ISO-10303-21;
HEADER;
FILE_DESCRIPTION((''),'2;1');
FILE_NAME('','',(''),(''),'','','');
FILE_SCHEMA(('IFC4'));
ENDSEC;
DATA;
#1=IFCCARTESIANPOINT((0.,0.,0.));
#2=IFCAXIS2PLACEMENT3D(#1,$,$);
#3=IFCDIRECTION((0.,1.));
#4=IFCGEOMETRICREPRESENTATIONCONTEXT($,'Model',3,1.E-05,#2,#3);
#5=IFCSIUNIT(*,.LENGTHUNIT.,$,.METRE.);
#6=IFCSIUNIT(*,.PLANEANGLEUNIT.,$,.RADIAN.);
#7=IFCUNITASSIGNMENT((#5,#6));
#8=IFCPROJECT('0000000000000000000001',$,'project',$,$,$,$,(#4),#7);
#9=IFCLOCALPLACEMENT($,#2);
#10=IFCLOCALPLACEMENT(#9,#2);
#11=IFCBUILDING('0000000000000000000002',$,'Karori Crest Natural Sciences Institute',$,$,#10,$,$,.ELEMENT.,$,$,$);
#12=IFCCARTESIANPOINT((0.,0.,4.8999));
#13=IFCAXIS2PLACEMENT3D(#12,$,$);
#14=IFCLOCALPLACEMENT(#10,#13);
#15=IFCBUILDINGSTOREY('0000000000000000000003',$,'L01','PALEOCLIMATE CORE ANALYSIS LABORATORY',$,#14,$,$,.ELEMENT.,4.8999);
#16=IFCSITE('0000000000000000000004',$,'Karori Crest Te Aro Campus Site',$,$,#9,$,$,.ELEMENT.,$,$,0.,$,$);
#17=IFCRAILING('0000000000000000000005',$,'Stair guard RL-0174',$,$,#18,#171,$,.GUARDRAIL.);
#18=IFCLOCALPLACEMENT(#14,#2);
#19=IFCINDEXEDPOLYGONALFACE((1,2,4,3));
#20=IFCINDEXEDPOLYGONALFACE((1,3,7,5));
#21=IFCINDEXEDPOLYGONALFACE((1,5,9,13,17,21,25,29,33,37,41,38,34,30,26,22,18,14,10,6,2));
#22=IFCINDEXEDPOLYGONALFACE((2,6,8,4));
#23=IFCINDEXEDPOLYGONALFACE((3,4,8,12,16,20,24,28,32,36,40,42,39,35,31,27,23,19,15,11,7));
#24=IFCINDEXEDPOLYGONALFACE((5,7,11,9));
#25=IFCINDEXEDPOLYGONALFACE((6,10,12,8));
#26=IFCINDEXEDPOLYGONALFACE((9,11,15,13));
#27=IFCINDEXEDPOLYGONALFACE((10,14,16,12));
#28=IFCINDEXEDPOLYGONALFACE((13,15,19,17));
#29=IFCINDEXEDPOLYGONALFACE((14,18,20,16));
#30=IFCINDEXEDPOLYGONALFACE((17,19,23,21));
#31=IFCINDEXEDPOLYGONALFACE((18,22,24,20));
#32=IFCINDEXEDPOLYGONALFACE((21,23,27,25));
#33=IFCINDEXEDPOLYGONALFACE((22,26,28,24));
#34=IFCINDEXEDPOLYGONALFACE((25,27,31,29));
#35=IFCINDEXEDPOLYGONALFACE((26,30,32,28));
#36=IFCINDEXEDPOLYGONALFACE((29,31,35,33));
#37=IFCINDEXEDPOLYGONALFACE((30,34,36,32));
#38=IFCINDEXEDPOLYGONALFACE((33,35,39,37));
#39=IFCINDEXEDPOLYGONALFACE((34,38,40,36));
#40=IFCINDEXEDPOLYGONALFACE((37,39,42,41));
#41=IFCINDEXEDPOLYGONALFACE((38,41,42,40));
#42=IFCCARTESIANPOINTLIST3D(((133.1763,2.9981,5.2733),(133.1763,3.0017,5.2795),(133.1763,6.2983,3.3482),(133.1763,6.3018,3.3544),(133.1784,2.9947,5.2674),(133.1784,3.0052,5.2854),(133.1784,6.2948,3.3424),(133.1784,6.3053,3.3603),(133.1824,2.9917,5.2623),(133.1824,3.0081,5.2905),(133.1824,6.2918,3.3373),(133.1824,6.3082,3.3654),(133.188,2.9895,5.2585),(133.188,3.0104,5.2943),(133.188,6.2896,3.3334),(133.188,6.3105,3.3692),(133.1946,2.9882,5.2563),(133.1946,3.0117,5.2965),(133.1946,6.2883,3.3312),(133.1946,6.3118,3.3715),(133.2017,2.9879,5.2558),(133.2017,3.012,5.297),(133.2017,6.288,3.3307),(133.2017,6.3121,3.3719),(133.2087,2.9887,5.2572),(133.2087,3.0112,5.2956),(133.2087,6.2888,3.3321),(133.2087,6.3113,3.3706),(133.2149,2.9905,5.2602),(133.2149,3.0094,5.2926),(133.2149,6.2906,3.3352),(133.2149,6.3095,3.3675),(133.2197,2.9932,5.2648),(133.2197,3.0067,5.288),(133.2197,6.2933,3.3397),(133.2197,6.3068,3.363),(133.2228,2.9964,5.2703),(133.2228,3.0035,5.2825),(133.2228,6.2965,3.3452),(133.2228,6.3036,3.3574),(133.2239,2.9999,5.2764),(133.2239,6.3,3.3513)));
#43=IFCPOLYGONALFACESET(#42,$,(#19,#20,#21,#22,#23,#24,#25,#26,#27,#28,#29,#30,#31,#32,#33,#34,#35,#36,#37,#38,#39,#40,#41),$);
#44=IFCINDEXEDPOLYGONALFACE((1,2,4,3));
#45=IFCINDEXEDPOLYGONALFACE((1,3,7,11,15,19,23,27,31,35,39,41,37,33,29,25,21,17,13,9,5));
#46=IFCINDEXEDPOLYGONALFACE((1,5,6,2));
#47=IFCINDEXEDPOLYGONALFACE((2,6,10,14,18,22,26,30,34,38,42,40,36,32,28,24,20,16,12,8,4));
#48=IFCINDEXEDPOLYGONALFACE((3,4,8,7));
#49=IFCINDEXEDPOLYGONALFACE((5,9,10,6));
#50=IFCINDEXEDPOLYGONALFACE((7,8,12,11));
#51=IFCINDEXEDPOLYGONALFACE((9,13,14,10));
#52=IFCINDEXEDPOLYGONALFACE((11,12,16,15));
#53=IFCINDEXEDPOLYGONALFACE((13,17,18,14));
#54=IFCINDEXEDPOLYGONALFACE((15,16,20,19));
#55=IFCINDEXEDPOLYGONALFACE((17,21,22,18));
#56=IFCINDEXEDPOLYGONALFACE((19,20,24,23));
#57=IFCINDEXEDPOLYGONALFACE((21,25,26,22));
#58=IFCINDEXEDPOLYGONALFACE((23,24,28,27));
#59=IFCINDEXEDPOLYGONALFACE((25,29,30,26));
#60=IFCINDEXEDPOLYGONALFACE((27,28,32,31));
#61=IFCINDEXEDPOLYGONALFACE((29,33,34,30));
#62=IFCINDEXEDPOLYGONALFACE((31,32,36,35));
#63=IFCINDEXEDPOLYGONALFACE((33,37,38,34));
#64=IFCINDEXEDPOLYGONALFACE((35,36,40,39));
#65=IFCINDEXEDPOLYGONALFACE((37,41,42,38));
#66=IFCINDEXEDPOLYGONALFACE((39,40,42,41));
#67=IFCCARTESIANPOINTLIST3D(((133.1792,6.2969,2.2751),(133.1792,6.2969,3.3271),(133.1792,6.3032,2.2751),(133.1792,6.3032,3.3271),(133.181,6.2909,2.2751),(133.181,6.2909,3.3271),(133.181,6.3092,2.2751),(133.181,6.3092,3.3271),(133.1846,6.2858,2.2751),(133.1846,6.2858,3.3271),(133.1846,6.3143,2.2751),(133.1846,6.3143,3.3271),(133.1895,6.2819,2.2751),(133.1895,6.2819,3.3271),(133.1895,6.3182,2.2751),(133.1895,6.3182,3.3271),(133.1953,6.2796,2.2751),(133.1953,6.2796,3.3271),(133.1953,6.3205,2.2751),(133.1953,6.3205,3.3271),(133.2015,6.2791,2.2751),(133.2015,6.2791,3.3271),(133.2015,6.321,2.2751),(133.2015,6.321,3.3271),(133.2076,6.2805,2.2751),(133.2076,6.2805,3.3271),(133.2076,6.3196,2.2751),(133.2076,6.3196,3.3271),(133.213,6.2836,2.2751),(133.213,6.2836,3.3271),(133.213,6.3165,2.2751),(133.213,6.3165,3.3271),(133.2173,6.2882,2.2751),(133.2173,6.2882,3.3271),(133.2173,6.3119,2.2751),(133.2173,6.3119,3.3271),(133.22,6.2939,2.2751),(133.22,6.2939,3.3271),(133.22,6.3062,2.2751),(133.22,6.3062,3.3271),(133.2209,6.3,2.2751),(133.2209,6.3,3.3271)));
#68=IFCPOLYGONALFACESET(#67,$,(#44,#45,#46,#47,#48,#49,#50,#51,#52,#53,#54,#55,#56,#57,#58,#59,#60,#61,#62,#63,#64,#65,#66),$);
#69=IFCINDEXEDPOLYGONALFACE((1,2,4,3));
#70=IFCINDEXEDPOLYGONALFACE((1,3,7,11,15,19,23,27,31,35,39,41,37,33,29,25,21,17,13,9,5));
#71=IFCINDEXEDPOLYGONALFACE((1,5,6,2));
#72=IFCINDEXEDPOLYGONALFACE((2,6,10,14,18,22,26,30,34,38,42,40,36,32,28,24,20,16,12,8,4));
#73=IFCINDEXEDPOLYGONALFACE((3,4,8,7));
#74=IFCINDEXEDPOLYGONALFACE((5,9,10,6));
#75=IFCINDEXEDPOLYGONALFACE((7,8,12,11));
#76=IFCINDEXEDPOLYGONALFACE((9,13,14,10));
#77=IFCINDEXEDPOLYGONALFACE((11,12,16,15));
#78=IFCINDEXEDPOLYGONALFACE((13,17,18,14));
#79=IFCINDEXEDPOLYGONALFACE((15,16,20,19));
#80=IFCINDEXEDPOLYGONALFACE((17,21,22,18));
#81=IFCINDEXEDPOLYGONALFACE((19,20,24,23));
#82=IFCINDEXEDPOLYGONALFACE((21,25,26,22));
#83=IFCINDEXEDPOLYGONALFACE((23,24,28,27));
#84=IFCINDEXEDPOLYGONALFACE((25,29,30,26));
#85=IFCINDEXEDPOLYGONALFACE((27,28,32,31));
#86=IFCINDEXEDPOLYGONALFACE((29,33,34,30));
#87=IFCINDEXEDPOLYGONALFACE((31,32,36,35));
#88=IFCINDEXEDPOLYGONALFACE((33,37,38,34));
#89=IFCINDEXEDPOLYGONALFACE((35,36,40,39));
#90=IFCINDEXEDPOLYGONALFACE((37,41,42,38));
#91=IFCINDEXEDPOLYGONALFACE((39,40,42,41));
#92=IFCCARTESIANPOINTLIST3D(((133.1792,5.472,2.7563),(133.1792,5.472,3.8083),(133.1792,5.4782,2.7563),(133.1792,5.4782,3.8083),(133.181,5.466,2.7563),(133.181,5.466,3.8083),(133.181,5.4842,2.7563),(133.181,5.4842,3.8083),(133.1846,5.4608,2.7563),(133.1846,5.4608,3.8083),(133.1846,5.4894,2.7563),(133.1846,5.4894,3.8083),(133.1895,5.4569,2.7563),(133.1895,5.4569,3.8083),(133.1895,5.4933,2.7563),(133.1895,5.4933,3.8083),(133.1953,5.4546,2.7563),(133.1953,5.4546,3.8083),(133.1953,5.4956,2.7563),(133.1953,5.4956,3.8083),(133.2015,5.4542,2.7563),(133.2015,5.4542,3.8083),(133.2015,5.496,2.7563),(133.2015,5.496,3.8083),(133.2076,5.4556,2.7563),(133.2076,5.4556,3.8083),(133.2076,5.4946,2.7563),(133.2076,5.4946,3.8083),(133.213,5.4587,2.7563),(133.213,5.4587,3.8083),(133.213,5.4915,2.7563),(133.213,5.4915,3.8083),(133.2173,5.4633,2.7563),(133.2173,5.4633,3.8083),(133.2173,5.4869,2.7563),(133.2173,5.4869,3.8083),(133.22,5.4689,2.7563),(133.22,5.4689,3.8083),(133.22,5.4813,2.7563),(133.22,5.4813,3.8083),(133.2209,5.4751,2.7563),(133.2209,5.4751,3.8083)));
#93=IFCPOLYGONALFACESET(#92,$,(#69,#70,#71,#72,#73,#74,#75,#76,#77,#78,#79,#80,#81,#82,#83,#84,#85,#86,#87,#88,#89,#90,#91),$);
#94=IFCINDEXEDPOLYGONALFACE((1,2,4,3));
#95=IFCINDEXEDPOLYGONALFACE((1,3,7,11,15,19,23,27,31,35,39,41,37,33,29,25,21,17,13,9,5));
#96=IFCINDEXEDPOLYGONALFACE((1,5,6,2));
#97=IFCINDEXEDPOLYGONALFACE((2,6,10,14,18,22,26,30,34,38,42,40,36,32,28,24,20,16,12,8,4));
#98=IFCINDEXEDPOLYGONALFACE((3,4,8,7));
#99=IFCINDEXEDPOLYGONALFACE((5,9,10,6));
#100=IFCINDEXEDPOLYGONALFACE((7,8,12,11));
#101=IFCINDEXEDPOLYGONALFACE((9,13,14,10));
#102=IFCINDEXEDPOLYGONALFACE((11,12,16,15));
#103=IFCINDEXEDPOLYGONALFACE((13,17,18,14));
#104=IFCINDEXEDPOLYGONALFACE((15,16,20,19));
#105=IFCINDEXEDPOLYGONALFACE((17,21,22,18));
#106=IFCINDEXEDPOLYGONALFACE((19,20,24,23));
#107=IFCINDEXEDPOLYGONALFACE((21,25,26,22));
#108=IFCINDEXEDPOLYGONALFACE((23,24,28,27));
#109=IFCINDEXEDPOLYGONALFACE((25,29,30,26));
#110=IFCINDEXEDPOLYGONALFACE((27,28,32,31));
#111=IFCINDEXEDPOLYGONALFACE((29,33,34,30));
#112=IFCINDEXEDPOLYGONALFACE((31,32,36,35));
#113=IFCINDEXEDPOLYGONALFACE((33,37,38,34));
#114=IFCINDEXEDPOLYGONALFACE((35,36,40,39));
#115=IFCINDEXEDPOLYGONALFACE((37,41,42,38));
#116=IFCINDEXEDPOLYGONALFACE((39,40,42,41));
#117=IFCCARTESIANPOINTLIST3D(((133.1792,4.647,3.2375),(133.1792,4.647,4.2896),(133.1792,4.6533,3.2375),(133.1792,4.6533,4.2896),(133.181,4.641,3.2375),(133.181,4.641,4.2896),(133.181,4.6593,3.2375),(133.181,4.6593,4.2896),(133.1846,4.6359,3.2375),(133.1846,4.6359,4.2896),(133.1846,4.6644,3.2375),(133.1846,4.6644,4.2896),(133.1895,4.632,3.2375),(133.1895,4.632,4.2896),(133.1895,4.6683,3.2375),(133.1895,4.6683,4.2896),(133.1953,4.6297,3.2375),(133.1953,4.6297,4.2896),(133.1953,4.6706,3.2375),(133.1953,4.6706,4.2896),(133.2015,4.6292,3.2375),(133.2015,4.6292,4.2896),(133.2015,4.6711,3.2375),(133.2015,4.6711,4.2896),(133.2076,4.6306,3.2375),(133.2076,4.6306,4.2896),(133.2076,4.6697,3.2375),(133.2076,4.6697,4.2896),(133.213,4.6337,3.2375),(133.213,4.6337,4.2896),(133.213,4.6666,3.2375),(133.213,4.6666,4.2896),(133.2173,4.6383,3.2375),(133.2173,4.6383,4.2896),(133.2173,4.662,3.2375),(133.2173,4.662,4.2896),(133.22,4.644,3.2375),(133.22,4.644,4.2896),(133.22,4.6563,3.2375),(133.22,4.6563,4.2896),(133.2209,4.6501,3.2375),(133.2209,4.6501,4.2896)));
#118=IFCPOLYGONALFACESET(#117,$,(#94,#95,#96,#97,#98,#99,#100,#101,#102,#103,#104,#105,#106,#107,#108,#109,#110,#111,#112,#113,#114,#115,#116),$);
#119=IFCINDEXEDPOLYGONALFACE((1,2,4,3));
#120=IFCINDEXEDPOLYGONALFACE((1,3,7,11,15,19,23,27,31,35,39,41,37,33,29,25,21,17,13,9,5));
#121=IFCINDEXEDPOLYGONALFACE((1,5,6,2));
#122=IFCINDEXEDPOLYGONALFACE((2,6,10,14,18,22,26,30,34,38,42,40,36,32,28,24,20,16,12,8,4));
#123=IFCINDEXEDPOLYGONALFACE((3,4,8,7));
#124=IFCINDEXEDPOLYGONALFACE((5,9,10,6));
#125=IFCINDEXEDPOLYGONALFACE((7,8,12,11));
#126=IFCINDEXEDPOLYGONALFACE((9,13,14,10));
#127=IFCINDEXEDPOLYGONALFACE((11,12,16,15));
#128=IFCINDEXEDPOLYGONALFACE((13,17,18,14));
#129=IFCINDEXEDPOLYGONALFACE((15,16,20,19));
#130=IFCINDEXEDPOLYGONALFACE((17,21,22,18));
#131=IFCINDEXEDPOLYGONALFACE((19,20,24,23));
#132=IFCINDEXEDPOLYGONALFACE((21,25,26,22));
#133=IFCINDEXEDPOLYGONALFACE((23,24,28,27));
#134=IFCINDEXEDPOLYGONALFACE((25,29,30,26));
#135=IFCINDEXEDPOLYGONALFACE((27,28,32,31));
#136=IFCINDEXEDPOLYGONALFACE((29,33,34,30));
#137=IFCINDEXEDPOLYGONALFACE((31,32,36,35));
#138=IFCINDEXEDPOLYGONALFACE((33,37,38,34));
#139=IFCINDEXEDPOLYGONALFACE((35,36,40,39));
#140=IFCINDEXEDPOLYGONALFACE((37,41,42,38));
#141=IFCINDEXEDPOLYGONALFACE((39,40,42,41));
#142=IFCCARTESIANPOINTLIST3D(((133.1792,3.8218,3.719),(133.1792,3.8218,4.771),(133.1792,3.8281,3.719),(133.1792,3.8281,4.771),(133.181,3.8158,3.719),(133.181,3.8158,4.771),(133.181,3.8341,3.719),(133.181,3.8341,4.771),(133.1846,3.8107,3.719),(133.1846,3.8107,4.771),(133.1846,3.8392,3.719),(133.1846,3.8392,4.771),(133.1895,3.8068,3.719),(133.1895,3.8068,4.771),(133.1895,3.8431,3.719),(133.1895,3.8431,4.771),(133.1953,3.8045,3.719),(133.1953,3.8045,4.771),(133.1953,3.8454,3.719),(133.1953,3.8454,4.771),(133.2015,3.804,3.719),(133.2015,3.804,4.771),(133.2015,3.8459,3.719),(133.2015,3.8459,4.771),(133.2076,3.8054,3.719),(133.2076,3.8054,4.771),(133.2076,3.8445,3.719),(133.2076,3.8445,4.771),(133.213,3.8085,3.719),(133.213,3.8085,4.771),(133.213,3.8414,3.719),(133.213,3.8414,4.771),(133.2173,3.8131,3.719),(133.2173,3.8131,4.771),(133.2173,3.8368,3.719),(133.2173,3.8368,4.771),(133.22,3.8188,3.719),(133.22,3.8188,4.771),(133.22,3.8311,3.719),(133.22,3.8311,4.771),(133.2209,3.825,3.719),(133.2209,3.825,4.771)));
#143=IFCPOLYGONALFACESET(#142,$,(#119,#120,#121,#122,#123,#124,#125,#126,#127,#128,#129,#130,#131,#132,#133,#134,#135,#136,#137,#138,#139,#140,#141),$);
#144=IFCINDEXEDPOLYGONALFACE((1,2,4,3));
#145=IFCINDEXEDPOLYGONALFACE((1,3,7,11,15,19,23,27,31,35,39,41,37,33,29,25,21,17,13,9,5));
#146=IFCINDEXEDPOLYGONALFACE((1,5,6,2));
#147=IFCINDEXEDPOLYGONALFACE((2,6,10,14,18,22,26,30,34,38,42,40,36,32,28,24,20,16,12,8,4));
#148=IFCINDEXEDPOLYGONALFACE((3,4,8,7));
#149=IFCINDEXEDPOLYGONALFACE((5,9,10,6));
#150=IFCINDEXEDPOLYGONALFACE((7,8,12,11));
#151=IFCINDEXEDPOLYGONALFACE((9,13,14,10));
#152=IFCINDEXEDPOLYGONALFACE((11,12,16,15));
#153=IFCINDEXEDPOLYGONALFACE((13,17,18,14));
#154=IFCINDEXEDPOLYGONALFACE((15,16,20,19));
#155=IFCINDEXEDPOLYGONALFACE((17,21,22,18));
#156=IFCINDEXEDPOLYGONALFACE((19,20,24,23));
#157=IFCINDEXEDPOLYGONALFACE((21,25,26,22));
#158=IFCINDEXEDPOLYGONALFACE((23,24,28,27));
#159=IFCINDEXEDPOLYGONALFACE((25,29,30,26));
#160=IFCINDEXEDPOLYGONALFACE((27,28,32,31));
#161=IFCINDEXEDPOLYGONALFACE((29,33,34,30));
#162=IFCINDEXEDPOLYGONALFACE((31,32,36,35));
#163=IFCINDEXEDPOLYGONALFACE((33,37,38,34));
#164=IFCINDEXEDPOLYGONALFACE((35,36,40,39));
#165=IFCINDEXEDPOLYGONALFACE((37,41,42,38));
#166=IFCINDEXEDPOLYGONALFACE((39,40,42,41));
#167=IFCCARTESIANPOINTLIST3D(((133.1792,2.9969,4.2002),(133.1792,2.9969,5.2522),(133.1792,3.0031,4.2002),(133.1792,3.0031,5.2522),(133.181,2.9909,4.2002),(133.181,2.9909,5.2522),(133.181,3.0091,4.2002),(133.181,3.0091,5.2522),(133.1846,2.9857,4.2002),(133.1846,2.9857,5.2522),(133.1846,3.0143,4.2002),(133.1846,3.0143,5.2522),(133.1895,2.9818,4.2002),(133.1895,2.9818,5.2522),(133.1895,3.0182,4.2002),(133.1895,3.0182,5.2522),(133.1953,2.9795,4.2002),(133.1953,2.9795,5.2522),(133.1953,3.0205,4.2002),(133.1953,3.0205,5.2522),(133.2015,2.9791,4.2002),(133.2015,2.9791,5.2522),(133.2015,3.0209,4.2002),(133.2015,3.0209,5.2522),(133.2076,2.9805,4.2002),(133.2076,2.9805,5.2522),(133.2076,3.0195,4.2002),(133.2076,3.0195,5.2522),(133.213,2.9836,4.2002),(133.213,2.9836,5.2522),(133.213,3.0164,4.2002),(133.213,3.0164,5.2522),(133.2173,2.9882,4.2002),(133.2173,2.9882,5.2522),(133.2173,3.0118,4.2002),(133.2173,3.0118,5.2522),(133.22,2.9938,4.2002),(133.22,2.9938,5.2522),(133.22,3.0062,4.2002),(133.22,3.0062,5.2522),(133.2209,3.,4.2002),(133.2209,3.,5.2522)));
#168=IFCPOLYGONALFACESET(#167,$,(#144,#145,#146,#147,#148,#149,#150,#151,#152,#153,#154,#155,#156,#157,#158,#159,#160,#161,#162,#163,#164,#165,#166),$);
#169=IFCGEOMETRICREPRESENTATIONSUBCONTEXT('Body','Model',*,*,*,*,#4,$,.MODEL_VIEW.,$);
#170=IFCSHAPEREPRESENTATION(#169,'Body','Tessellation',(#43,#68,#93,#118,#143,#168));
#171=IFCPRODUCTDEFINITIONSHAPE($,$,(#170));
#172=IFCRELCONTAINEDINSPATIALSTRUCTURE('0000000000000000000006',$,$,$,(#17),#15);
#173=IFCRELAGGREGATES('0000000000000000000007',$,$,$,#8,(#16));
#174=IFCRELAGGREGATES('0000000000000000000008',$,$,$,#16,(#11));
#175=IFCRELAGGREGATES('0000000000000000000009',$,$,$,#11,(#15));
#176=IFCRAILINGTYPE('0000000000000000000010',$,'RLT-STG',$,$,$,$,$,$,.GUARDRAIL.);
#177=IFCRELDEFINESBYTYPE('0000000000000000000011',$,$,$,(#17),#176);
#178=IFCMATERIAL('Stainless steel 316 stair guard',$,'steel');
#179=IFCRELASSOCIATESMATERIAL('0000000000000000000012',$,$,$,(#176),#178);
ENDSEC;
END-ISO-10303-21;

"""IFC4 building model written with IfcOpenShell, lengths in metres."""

from ifc_helpers import new_model, si_unit, direction, frame, origin, origin_2d, place, context, subcontext, project, spatial, circle, extrude, material, type_object, element, save


model = new_model("IFC4")

# Units and contexts
model_context = context("Model", 3, precision=1e-05, world=origin(), true_north=direction((0.0, 1.0)))
body_context = subcontext(model_context, "Body", "Model", "MODEL_VIEW")
ifc_project = project(units=[si_unit("LENGTHUNIT", "METRE"), si_unit("PLANEANGLEUNIT", "RADIAN")], contexts=[model_context])

# Site, building, storey
site_placement = place(None, origin())
site = spatial("IfcSite", under=ifc_project, at=site_placement, Name="Karori Crest Te Aro Campus Site", CompositionType="ELEMENT", RefElevation=0.0)
building_placement = place(site_placement, origin())
building = spatial("IfcBuilding", under=site, at=building_placement, Name="Karori Crest Natural Sciences Institute", CompositionType="ELEMENT")
storey_placement = place(building_placement, frame((0.0, 0.0, 4.8999)))
storey = spatial("IfcBuildingStorey", under=building, at=storey_placement, Name="L01", Description="PALEOCLIMATE CORE ANALYSIS LABORATORY", CompositionType="ELEMENT", Elevation=4.8999)

# Railing
ifc_material_1 = material(Name="Stainless steel 316 stair guard", Category="steel")
railing_type_1 = type_object("IfcRailingType", Name="RLT-STG", PredefinedType="GUARDRAIL", material=ifc_material_1)
railing_1_placement = place(storey_placement, frame((133.2, 6.3, 2.2751)))
element("IfcRailing", 1, at=railing_1_placement, inside=storey, type_object=railing_type_1, Name="Stair guard RL-0174", PredefinedType="GUARDRAIL", context=body_context, shape_type="SweptSolid", body=[
    extrude(circle(Radius=0.0239, at=origin_2d()), frame((0.0, 0.0, 1.0762), z_axis=(0.0, -0.863777, 0.503875), x_axis=(1.0, 0.0, 0.0)), (0.0, 0.0, 1.0), 3.8206),
    extrude(circle(Radius=0.021, at=origin_2d()), origin(), (0.0, 0.0, 1.0), 1.052),
    extrude(circle(Radius=0.021, at=origin_2d()), frame((0.0, -0.825, 0.4812)), (0.0, 0.0, 1.0), 1.052),
    extrude(circle(Radius=0.021, at=origin_2d()), frame((0.0, -1.6499, 0.9624)), (0.0, 0.0, 1.0), 1.052),
    extrude(circle(Radius=0.021, at=origin_2d()), frame((0.0, -2.4751, 1.4438)), (0.0, 0.0, 1.0), 1.052),
    extrude(circle(Radius=0.021, at=origin_2d()), frame((0.0, -3.3, 1.925)), (0.0, 0.0, 1.0), 1.052),
])

save(model, "model.ifc")
